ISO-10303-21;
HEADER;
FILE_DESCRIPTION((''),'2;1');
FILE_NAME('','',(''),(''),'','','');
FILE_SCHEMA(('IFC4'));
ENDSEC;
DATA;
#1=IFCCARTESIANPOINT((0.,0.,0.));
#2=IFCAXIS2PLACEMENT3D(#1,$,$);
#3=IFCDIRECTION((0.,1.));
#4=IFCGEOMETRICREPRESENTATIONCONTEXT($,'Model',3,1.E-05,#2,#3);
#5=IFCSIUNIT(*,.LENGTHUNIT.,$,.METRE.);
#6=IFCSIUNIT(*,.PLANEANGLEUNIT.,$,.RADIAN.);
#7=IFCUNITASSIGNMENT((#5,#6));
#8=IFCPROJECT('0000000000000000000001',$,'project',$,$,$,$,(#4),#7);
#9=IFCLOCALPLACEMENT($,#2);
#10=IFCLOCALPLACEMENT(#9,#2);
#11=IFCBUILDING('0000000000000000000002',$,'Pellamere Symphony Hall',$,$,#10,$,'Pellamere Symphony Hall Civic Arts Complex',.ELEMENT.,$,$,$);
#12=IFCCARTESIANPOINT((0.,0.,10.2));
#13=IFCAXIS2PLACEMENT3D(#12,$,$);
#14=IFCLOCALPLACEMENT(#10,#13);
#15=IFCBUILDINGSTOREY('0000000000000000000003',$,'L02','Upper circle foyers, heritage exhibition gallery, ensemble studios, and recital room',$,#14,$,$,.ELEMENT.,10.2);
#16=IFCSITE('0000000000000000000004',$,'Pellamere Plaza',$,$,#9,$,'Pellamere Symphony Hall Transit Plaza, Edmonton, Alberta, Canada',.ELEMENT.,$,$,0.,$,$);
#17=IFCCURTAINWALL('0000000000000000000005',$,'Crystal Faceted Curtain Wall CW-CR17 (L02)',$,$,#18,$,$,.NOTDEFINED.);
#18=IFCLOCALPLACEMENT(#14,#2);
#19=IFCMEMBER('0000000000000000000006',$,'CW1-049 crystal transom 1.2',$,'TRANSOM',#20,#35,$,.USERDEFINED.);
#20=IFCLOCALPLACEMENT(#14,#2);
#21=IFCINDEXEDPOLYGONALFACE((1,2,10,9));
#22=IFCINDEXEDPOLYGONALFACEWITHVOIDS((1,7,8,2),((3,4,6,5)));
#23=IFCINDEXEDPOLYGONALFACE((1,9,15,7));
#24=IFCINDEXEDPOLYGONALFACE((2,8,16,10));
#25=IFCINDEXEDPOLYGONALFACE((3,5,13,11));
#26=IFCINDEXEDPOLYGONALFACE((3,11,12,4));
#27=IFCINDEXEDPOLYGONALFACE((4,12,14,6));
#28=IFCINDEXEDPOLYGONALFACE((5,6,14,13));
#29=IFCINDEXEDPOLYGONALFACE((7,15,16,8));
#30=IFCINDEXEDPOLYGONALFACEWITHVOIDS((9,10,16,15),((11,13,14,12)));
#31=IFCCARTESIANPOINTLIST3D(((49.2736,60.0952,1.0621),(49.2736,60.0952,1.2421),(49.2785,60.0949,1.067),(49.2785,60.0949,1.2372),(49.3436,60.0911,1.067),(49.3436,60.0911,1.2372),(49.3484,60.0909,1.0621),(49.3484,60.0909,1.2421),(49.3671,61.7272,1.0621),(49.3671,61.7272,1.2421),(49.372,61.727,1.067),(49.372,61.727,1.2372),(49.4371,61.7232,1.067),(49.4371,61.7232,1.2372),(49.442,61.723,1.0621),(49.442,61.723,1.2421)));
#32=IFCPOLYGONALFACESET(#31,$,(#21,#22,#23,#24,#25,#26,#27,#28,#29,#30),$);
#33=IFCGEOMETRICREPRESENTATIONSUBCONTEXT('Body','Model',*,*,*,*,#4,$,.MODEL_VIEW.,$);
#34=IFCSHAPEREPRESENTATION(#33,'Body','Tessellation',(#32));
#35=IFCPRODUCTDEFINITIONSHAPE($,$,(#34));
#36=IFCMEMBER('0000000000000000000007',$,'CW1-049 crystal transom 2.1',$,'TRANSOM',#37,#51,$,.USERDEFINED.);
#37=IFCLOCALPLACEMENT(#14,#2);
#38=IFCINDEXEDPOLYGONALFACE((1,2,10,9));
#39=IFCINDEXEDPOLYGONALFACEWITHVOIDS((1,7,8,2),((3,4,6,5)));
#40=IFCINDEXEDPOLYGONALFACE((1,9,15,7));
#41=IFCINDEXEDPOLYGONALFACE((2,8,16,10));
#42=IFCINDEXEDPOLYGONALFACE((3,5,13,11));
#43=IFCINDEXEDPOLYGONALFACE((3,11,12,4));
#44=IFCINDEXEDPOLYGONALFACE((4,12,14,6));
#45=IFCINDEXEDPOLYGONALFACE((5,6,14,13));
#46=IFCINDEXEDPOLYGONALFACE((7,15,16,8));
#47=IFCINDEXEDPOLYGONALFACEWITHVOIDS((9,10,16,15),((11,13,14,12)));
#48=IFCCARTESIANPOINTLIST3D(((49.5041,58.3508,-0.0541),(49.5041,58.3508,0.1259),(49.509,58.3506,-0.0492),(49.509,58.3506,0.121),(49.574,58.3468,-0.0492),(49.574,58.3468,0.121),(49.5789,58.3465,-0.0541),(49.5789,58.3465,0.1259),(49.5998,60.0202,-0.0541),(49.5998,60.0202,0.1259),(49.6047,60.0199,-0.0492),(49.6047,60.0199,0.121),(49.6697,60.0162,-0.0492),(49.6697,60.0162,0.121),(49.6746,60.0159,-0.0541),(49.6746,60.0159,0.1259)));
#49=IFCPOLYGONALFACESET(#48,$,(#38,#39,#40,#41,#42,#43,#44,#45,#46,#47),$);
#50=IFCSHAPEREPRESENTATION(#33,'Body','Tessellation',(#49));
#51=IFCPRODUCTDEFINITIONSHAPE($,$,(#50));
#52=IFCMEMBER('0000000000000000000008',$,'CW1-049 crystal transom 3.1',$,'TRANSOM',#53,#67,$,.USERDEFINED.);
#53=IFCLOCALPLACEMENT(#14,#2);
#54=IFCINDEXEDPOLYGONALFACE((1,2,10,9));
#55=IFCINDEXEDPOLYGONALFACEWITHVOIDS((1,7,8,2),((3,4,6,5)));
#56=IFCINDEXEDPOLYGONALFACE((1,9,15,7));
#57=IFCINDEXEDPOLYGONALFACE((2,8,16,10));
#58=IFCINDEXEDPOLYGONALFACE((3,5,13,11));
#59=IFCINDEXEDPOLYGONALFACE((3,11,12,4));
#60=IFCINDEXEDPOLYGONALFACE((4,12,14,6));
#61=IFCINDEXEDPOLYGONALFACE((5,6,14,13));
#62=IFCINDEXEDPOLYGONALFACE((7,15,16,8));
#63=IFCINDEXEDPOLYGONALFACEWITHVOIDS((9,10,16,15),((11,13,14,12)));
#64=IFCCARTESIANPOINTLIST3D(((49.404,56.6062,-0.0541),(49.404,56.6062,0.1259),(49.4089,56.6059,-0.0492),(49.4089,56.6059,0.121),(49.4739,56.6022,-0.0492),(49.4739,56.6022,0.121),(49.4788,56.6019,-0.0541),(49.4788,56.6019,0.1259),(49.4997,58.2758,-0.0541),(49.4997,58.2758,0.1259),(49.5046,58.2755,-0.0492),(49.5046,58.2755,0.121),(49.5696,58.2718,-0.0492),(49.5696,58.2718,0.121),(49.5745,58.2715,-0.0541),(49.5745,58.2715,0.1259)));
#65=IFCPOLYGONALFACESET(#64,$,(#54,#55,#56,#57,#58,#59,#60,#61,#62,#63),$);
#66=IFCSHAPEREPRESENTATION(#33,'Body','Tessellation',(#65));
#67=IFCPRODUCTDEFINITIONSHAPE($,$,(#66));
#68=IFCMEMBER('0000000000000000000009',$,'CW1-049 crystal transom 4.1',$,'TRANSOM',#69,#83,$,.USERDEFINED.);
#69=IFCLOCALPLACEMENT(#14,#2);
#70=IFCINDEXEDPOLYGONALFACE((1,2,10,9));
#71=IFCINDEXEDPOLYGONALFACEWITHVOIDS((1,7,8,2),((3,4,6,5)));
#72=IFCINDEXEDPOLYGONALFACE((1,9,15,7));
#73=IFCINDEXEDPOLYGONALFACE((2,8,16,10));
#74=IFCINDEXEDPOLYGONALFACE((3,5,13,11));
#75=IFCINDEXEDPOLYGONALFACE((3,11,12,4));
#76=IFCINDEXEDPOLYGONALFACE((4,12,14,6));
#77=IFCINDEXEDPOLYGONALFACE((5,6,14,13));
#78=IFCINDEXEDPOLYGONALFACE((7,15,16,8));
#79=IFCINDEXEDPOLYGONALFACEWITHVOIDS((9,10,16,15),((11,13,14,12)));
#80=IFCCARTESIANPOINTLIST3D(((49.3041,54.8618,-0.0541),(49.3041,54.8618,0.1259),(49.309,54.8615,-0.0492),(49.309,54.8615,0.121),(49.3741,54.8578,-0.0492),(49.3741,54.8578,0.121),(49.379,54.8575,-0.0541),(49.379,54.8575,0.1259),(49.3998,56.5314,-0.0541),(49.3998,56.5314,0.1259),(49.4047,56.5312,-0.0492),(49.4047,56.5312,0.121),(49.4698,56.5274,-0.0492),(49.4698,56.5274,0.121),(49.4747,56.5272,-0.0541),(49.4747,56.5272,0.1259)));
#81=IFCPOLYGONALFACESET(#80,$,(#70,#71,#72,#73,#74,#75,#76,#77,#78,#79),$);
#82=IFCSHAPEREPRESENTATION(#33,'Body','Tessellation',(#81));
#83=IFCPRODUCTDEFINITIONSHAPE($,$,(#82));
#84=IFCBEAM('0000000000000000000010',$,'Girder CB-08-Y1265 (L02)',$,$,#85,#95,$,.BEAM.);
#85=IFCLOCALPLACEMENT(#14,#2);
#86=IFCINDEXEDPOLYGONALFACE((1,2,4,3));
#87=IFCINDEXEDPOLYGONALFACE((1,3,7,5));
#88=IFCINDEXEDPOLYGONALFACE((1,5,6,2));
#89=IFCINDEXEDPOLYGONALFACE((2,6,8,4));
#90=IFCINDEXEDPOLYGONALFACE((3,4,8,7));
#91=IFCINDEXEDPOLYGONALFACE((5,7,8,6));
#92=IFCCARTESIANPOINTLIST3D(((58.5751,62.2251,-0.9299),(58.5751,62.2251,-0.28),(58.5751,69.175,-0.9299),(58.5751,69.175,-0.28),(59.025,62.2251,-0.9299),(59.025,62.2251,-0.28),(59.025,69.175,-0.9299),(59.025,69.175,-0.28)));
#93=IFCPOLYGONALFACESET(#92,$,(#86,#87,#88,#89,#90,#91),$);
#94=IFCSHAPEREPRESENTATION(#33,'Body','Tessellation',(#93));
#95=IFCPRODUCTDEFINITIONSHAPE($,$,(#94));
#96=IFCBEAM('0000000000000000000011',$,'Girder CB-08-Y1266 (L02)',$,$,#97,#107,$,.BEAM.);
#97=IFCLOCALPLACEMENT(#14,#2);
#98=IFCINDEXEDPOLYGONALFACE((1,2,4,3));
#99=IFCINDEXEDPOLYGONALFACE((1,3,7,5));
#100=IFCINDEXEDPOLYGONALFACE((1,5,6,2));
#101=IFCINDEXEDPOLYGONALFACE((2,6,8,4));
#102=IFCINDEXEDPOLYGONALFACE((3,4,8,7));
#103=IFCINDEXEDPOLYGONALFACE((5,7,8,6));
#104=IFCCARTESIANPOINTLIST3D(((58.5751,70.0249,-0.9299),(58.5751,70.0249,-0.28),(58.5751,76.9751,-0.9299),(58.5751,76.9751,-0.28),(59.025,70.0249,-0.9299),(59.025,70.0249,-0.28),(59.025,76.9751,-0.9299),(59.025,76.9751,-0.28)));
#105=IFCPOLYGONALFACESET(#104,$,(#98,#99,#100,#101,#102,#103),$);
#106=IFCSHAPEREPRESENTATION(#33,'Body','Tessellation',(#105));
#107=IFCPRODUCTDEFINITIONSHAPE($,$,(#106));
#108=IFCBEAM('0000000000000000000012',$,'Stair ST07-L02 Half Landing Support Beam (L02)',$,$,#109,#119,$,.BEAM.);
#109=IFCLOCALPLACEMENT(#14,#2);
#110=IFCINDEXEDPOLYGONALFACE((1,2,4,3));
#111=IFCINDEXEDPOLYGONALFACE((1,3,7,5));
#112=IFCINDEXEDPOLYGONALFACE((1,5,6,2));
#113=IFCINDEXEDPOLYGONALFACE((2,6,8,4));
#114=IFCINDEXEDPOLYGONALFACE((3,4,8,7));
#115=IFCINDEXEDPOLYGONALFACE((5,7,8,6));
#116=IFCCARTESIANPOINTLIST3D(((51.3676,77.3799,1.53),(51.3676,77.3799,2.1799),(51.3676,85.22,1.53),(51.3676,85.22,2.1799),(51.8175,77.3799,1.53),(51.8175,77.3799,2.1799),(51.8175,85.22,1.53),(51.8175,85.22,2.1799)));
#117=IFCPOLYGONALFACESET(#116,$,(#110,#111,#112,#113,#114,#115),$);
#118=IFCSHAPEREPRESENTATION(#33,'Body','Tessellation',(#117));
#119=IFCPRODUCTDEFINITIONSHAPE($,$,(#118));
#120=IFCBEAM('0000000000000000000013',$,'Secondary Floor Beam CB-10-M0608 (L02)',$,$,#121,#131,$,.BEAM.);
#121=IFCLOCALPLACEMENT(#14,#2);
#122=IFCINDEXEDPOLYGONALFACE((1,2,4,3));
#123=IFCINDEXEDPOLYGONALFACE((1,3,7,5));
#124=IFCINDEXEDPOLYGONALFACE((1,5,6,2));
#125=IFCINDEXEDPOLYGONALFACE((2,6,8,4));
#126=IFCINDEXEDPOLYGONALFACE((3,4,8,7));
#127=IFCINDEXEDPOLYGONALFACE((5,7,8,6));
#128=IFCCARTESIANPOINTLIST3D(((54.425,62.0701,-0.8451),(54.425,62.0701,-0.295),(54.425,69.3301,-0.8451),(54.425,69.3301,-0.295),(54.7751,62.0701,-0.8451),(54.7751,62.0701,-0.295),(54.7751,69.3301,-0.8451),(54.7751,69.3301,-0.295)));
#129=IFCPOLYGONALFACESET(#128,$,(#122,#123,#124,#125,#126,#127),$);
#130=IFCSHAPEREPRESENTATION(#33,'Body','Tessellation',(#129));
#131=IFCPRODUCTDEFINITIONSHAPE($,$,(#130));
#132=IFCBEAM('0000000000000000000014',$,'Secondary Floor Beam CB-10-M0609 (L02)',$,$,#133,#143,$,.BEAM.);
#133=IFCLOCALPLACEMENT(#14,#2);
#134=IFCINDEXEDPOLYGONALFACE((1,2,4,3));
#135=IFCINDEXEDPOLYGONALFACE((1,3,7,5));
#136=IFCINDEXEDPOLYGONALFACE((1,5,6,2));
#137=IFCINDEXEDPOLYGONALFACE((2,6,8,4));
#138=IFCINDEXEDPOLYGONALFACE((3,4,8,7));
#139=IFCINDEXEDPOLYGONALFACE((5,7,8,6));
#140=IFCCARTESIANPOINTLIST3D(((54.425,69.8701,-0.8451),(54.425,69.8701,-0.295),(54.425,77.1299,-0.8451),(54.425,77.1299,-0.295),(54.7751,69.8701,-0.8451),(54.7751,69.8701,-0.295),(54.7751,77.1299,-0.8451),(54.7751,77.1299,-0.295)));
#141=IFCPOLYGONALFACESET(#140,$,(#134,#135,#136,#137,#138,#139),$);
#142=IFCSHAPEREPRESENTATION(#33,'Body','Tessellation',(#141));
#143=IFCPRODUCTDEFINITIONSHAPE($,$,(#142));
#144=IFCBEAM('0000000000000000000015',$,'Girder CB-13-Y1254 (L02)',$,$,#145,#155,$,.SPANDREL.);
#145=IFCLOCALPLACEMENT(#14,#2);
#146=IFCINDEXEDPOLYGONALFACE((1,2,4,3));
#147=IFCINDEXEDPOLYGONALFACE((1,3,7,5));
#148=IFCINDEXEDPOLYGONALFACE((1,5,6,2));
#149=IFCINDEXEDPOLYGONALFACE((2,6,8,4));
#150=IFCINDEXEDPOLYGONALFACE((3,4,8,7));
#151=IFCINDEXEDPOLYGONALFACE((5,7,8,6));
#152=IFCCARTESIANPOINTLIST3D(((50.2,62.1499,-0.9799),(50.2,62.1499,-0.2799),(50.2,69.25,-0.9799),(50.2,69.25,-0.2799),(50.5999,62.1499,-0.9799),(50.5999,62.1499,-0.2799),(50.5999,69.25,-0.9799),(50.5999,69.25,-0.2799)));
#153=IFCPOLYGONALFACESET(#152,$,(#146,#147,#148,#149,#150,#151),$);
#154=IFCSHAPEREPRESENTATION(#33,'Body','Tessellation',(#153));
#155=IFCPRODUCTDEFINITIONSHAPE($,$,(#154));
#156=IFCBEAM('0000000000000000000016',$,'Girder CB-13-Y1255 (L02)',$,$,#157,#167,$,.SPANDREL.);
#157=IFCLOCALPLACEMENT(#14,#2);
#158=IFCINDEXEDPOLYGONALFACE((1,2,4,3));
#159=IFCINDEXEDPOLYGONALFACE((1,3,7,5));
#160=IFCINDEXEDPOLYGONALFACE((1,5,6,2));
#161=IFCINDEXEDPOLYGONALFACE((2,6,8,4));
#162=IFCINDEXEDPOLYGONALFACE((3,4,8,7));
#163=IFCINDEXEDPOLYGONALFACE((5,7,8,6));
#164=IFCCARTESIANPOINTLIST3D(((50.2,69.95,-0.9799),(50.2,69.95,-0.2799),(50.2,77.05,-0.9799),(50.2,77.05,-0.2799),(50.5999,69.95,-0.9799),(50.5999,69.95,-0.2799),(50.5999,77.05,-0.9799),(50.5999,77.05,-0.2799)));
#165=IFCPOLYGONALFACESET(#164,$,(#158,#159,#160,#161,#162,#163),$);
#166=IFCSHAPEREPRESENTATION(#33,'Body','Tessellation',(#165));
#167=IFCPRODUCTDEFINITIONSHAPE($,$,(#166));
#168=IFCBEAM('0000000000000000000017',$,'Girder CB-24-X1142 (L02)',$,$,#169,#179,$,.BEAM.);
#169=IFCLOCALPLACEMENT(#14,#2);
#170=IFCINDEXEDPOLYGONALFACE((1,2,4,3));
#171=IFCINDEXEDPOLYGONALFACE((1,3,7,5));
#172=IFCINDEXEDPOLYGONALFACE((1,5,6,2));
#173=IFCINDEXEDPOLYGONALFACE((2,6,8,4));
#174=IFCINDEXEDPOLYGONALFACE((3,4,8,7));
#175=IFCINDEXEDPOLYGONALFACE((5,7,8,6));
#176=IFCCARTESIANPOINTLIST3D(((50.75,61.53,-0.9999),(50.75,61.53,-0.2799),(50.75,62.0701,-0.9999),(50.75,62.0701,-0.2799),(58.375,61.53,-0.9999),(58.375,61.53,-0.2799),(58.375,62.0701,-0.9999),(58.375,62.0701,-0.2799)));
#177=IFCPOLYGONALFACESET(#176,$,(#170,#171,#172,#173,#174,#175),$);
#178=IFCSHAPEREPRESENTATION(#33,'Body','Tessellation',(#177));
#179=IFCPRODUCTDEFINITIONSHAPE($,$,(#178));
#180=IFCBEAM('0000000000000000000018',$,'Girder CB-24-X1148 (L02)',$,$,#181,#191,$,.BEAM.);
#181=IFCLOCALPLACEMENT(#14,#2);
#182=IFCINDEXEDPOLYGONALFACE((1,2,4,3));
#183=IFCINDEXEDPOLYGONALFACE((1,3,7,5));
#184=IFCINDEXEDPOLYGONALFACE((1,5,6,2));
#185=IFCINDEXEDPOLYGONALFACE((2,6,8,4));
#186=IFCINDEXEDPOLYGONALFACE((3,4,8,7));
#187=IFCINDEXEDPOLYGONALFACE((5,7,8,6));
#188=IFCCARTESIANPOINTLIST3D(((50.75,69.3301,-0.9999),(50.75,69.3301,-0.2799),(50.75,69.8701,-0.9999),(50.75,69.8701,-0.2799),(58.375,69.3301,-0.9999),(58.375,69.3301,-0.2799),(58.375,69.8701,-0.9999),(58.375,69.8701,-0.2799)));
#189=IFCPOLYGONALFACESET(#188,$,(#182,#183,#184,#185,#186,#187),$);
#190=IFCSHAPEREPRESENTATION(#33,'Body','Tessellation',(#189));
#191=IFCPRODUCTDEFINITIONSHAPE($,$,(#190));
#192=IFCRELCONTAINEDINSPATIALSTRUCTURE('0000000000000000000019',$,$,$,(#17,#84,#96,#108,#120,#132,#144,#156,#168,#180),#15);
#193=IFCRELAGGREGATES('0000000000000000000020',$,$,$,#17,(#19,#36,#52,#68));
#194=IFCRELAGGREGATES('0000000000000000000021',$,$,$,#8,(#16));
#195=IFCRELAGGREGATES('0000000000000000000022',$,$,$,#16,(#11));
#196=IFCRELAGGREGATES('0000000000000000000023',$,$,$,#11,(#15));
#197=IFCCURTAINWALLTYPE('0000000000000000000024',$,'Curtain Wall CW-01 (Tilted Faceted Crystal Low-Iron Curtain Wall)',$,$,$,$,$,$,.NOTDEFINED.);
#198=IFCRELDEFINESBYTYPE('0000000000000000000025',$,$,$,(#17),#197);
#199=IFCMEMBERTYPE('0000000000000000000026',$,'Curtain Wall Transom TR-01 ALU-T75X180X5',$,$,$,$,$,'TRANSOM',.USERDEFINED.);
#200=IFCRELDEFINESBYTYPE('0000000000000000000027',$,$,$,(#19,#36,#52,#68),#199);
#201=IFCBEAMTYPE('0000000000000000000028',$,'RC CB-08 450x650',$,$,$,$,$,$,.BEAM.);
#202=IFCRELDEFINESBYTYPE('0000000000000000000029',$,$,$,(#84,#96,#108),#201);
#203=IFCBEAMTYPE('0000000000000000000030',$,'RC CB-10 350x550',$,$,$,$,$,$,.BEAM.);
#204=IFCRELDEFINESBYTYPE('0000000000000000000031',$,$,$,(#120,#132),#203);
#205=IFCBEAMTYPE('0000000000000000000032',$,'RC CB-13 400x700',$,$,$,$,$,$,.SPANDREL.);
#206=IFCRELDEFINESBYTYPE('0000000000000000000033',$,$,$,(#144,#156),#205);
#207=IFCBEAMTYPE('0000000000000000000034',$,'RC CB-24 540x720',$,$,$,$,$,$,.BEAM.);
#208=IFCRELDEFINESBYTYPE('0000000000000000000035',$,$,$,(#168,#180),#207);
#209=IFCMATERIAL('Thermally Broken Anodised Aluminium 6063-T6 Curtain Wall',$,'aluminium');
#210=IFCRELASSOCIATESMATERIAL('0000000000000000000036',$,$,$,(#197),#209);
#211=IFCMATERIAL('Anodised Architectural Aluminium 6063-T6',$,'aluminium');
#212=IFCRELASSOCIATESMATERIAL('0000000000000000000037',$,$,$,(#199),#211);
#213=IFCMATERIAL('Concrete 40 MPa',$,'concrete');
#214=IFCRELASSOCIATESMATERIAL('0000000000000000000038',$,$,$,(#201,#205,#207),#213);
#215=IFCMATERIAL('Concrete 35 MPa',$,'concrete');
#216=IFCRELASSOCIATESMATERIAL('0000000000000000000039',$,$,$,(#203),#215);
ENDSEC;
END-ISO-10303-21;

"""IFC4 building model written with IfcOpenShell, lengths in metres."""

from ifc_helpers import new_model, si_unit, direction, frame, origin, origin_2d, place, context, subcontext, project, spatial, rectangle, hollow_rectangle, extrude, material, material_profile, profile_set, type_object, element, aggregate, save


model = new_model("IFC4")

# Units and contexts
model_context = context("Model", 3, precision=1e-05, world=origin(), true_north=direction((0.0, 1.0)))
body_context = subcontext(model_context, "Body", "Model", "MODEL_VIEW")
ifc_project = project(units=[si_unit("LENGTHUNIT", "METRE"), si_unit("PLANEANGLEUNIT", "RADIAN")], contexts=[model_context])

# Site, building, storey
site_placement = place(None, origin())
site = spatial("IfcSite", under=ifc_project, at=site_placement, Name="Pellamere Plaza", LongName="Pellamere Symphony Hall Transit Plaza, Edmonton, Alberta, Canada", CompositionType="ELEMENT", RefElevation=0.0)
building_placement = place(site_placement, origin())
building = spatial("IfcBuilding", under=site, at=building_placement, Name="Pellamere Symphony Hall", LongName="Pellamere Symphony Hall Civic Arts Complex", CompositionType="ELEMENT")
storey_placement = place(building_placement, frame((0.0, 0.0, 10.2)))
storey = spatial("IfcBuildingStorey", under=building, at=storey_placement, Name="L02", Description="Upper circle foyers, heritage exhibition gallery, ensemble studios, and recital room", CompositionType="ELEMENT", Elevation=10.2)

# Shared definitions
ifc_material_1 = material(Name="Concrete 40 MPa", Category="concrete")

# Curtain wall
ifc_material_2 = material(Name="Thermally Broken Anodised Aluminium 6063-T6 Curtain Wall", Category="aluminium")
curtain_wall_type = type_object("IfcCurtainWallType", Name="Curtain Wall CW-01 (Tilted Faceted Crystal Low-Iron Curtain Wall)", PredefinedType="NOTDEFINED", material=ifc_material_2)
curtain_wall_1_placement = place(storey_placement, origin())
curtain_wall_1 = element("IfcCurtainWall", 1, at=curtain_wall_1_placement, inside=storey, type_object=curtain_wall_type, Name="Crystal Faceted Curtain Wall CW-CR17 (L02)", PredefinedType="NOTDEFINED")
ifc_material_3 = material(Name="Anodised Architectural Aluminium 6063-T6", Category="aluminium")
ifc_material_profile_1 = material_profile(ifc_material_3, hollow_rectangle(XDim=0.075, YDim=0.1799, WallThickness=0.0049, at=origin_2d()), Name="ALU-T75X180X5")
ifc_profile_set_1 = profile_set([ifc_material_profile_1], Name="Anodised Architectural Aluminium 6063-T6")
member_type_1 = type_object("IfcMemberType", Name="Curtain Wall Transom TR-01 ALU-T75X180X5", ElementType="TRANSOM", PredefinedType="USERDEFINED", material=ifc_profile_set_1)

# Members
member_1_placement = place(storey_placement, frame((49.4045, 61.7251, 1.1521), z_axis=(-0.057199, -0.998363, 0.0), x_axis=(0.998363, -0.057199, 0.0)))
member_1 = element("IfcMember", 2, at=member_1_placement, type_object=member_type_1, Name="CW1-049 crystal transom 1.2", ObjectType="TRANSOM", PredefinedType="USERDEFINED", context=body_context, shape_type="SweptSolid", body=[
    extrude(hollow_rectangle(XDim=0.075, YDim=0.1799, WallThickness=0.0049, at=origin_2d()), origin(), (0.0, 0.0, 1.0), 1.6348),
])
member_2_placement = place(storey_placement, frame((49.6372, 60.0181, 0.0359), z_axis=(-0.057233, -0.998361, 0.0), x_axis=(0.998361, -0.057233, 0.0)))
member_2 = element("IfcMember", 3, at=member_2_placement, type_object=member_type_1, Name="CW1-049 crystal transom 2.1", ObjectType="TRANSOM", PredefinedType="USERDEFINED", context=body_context, shape_type="SweptSolid", body=[
    extrude(hollow_rectangle(XDim=0.075, YDim=0.1799, WallThickness=0.0049, at=origin_2d()), origin(), (0.0, 0.0, 1.0), 1.6721),
])
member_3_placement = place(storey_placement, frame((49.5371, 58.2737, 0.0359), z_axis=(-0.057224, -0.998361, 0.0), x_axis=(0.998361, -0.057224, 0.0)))
member_3 = element("IfcMember", 4, at=member_3_placement, type_object=member_type_1, Name="CW1-049 crystal transom 3.1", ObjectType="TRANSOM", PredefinedType="USERDEFINED", context=body_context, shape_type="SweptSolid", body=[
    extrude(hollow_rectangle(XDim=0.075, YDim=0.1799, WallThickness=0.0049, at=origin_2d()), origin(), (0.0, 0.0, 1.0), 1.6724),
])
member_4_placement = place(storey_placement, frame((49.4373, 56.5293, 0.0359), z_axis=(-0.057224, -0.998361, 0.0), x_axis=(0.998361, -0.057224, 0.0)))
member_4 = element("IfcMember", 5, at=member_4_placement, type_object=member_type_1, Name="CW1-049 crystal transom 4.1", ObjectType="TRANSOM", PredefinedType="USERDEFINED", context=body_context, shape_type="SweptSolid", body=[
    extrude(hollow_rectangle(XDim=0.075, YDim=0.1799, WallThickness=0.0049, at=origin_2d()), origin(), (0.0, 0.0, 1.0), 1.6724),
])

# Beams
ifc_material_profile_2 = material_profile(ifc_material_1, rectangle(XDim=0.45, YDim=0.6499, at=origin_2d()), Name="RC 450x650")
ifc_profile_set_2 = profile_set([ifc_material_profile_2], Name="Concrete 40 MPa")
beam_type_1 = type_object("IfcBeamType", Name="RC CB-08 450x650", PredefinedType="BEAM", material=ifc_profile_set_2)
beam_1_placement = place(storey_placement, frame((58.8, 62.2251, -0.605), z_axis=(0.0, 1.0, 0.0), x_axis=(-1.0, 0.0, 0.0)))
element("IfcBeam", 6, at=beam_1_placement, inside=storey, type_object=beam_type_1, Name="Girder CB-08-Y1265 (L02)", PredefinedType="BEAM", context=body_context, shape_type="SweptSolid", body=[
    extrude(rectangle(XDim=0.45, YDim=0.6499, at=origin_2d()), origin(), (0.0, 0.0, 1.0), 6.95),
])
beam_2_placement = place(storey_placement, frame((58.8, 70.0249, -0.605), z_axis=(0.0, 1.0, 0.0), x_axis=(-1.0, 0.0, 0.0)))
element("IfcBeam", 7, at=beam_2_placement, inside=storey, type_object=beam_type_1, Name="Girder CB-08-Y1266 (L02)", PredefinedType="BEAM", context=body_context, shape_type="SweptSolid", body=[
    extrude(rectangle(XDim=0.45, YDim=0.6499, at=origin_2d()), origin(), (0.0, 0.0, 1.0), 6.9502),
])
beam_3_placement = place(storey_placement, frame((51.5925, 77.3799, 1.855), z_axis=(0.0, 1.0, 0.0), x_axis=(-1.0, 0.0, 0.0)))
element("IfcBeam", 8, at=beam_3_placement, inside=storey, type_object=beam_type_1, Name="Stair ST07-L02 Half Landing Support Beam (L02)", PredefinedType="BEAM", context=body_context, shape_type="SweptSolid", body=[
    extrude(rectangle(XDim=0.45, YDim=0.6499, at=origin_2d()), origin(), (0.0, 0.0, 1.0), 7.8401),
])
ifc_material_4 = material(Name="Concrete 35 MPa", Category="concrete")
ifc_material_profile_3 = material_profile(ifc_material_4, rectangle(XDim=0.3501, YDim=0.55, at=origin_2d()), Name="RC 350x550")
ifc_profile_set_3 = profile_set([ifc_material_profile_3], Name="Concrete 35 MPa")
beam_type_2 = type_object("IfcBeamType", Name="RC CB-10 350x550", PredefinedType="BEAM", material=ifc_profile_set_3)
beam_4_placement = place(storey_placement, frame((54.6001, 62.0701, -0.5701), z_axis=(0.0, 1.0, 0.0), x_axis=(-1.0, 0.0, 0.0)))
element("IfcBeam", 9, at=beam_4_placement, inside=storey, type_object=beam_type_2, Name="Secondary Floor Beam CB-10-M0608 (L02)", PredefinedType="BEAM", context=body_context, shape_type="SweptSolid", body=[
    extrude(rectangle(XDim=0.3501, YDim=0.55, at=origin_2d()), origin(), (0.0, 0.0, 1.0), 7.26),
])
beam_5_placement = place(storey_placement, frame((54.6001, 69.8701, -0.5701), z_axis=(0.0, 1.0, 0.0), x_axis=(-1.0, 0.0, 0.0)))
element("IfcBeam", 10, at=beam_5_placement, inside=storey, type_object=beam_type_2, Name="Secondary Floor Beam CB-10-M0609 (L02)", PredefinedType="BEAM", context=body_context, shape_type="SweptSolid", body=[
    extrude(rectangle(XDim=0.3501, YDim=0.55, at=origin_2d()), origin(), (0.0, 0.0, 1.0), 7.2598),
])
ifc_material_profile_4 = material_profile(ifc_material_1, rectangle(XDim=0.3999, YDim=0.7, at=origin_2d()), Name="RC 400x700")
ifc_profile_set_4 = profile_set([ifc_material_profile_4], Name="Concrete 40 MPa")
beam_type_3 = type_object("IfcBeamType", Name="RC CB-13 400x700", PredefinedType="SPANDREL", material=ifc_profile_set_4)
for number, where, z_axis, x_axis, name in (
    (11, (50.3999, 62.1499, -0.6299), (0.0, 1.0, 0.0), (-1.0, 0.0, 0.0), "Girder CB-13-Y1254 (L02)"),
    (12, (50.3999, 69.95, -0.6299), (0.0, 1.0, 0.0), (-1.0, 0.0, 0.0), "Girder CB-13-Y1255 (L02)"),
):
    element("IfcBeam", number, at=place(storey_placement, frame(where, z_axis=z_axis, x_axis=x_axis)), inside=storey, type_object=beam_type_3, Name=name, PredefinedType="SPANDREL", context=body_context, shape_type="SweptSolid", body=[
        extrude(rectangle(XDim=0.3999, YDim=0.7, at=origin_2d()), origin(), (0.0, 0.0, 1.0), 7.1001),
    ])
ifc_material_profile_5 = material_profile(ifc_material_1, rectangle(XDim=0.54, YDim=0.72, at=origin_2d()), Name="RC 540x720")
ifc_profile_set_5 = profile_set([ifc_material_profile_5], Name="Concrete 40 MPa")
beam_type_4 = type_object("IfcBeamType", Name="RC CB-24 540x720", PredefinedType="BEAM", material=ifc_profile_set_5)
for number, where, z_axis, x_axis, name in (
    (13, (50.75, 61.8, -0.6399), (1.0, 0.0, 0.0), (0.0, 1.0, 0.0), "Girder CB-24-X1142 (L02)"),
    (14, (50.75, 69.6001, -0.6399), (1.0, 0.0, 0.0), (0.0, 1.0, 0.0), "Girder CB-24-X1148 (L02)"),
):
    element("IfcBeam", number, at=place(storey_placement, frame(where, z_axis=z_axis, x_axis=x_axis)), inside=storey, type_object=beam_type_4, Name=name, PredefinedType="BEAM", context=body_context, shape_type="SweptSolid", body=[
        extrude(rectangle(XDim=0.54, YDim=0.72, at=origin_2d()), origin(), (0.0, 0.0, 1.0), 7.625),
    ])

aggregate(curtain_wall_1, [member_1, member_2, member_3, member_4])

save(model, "model.ifc")
